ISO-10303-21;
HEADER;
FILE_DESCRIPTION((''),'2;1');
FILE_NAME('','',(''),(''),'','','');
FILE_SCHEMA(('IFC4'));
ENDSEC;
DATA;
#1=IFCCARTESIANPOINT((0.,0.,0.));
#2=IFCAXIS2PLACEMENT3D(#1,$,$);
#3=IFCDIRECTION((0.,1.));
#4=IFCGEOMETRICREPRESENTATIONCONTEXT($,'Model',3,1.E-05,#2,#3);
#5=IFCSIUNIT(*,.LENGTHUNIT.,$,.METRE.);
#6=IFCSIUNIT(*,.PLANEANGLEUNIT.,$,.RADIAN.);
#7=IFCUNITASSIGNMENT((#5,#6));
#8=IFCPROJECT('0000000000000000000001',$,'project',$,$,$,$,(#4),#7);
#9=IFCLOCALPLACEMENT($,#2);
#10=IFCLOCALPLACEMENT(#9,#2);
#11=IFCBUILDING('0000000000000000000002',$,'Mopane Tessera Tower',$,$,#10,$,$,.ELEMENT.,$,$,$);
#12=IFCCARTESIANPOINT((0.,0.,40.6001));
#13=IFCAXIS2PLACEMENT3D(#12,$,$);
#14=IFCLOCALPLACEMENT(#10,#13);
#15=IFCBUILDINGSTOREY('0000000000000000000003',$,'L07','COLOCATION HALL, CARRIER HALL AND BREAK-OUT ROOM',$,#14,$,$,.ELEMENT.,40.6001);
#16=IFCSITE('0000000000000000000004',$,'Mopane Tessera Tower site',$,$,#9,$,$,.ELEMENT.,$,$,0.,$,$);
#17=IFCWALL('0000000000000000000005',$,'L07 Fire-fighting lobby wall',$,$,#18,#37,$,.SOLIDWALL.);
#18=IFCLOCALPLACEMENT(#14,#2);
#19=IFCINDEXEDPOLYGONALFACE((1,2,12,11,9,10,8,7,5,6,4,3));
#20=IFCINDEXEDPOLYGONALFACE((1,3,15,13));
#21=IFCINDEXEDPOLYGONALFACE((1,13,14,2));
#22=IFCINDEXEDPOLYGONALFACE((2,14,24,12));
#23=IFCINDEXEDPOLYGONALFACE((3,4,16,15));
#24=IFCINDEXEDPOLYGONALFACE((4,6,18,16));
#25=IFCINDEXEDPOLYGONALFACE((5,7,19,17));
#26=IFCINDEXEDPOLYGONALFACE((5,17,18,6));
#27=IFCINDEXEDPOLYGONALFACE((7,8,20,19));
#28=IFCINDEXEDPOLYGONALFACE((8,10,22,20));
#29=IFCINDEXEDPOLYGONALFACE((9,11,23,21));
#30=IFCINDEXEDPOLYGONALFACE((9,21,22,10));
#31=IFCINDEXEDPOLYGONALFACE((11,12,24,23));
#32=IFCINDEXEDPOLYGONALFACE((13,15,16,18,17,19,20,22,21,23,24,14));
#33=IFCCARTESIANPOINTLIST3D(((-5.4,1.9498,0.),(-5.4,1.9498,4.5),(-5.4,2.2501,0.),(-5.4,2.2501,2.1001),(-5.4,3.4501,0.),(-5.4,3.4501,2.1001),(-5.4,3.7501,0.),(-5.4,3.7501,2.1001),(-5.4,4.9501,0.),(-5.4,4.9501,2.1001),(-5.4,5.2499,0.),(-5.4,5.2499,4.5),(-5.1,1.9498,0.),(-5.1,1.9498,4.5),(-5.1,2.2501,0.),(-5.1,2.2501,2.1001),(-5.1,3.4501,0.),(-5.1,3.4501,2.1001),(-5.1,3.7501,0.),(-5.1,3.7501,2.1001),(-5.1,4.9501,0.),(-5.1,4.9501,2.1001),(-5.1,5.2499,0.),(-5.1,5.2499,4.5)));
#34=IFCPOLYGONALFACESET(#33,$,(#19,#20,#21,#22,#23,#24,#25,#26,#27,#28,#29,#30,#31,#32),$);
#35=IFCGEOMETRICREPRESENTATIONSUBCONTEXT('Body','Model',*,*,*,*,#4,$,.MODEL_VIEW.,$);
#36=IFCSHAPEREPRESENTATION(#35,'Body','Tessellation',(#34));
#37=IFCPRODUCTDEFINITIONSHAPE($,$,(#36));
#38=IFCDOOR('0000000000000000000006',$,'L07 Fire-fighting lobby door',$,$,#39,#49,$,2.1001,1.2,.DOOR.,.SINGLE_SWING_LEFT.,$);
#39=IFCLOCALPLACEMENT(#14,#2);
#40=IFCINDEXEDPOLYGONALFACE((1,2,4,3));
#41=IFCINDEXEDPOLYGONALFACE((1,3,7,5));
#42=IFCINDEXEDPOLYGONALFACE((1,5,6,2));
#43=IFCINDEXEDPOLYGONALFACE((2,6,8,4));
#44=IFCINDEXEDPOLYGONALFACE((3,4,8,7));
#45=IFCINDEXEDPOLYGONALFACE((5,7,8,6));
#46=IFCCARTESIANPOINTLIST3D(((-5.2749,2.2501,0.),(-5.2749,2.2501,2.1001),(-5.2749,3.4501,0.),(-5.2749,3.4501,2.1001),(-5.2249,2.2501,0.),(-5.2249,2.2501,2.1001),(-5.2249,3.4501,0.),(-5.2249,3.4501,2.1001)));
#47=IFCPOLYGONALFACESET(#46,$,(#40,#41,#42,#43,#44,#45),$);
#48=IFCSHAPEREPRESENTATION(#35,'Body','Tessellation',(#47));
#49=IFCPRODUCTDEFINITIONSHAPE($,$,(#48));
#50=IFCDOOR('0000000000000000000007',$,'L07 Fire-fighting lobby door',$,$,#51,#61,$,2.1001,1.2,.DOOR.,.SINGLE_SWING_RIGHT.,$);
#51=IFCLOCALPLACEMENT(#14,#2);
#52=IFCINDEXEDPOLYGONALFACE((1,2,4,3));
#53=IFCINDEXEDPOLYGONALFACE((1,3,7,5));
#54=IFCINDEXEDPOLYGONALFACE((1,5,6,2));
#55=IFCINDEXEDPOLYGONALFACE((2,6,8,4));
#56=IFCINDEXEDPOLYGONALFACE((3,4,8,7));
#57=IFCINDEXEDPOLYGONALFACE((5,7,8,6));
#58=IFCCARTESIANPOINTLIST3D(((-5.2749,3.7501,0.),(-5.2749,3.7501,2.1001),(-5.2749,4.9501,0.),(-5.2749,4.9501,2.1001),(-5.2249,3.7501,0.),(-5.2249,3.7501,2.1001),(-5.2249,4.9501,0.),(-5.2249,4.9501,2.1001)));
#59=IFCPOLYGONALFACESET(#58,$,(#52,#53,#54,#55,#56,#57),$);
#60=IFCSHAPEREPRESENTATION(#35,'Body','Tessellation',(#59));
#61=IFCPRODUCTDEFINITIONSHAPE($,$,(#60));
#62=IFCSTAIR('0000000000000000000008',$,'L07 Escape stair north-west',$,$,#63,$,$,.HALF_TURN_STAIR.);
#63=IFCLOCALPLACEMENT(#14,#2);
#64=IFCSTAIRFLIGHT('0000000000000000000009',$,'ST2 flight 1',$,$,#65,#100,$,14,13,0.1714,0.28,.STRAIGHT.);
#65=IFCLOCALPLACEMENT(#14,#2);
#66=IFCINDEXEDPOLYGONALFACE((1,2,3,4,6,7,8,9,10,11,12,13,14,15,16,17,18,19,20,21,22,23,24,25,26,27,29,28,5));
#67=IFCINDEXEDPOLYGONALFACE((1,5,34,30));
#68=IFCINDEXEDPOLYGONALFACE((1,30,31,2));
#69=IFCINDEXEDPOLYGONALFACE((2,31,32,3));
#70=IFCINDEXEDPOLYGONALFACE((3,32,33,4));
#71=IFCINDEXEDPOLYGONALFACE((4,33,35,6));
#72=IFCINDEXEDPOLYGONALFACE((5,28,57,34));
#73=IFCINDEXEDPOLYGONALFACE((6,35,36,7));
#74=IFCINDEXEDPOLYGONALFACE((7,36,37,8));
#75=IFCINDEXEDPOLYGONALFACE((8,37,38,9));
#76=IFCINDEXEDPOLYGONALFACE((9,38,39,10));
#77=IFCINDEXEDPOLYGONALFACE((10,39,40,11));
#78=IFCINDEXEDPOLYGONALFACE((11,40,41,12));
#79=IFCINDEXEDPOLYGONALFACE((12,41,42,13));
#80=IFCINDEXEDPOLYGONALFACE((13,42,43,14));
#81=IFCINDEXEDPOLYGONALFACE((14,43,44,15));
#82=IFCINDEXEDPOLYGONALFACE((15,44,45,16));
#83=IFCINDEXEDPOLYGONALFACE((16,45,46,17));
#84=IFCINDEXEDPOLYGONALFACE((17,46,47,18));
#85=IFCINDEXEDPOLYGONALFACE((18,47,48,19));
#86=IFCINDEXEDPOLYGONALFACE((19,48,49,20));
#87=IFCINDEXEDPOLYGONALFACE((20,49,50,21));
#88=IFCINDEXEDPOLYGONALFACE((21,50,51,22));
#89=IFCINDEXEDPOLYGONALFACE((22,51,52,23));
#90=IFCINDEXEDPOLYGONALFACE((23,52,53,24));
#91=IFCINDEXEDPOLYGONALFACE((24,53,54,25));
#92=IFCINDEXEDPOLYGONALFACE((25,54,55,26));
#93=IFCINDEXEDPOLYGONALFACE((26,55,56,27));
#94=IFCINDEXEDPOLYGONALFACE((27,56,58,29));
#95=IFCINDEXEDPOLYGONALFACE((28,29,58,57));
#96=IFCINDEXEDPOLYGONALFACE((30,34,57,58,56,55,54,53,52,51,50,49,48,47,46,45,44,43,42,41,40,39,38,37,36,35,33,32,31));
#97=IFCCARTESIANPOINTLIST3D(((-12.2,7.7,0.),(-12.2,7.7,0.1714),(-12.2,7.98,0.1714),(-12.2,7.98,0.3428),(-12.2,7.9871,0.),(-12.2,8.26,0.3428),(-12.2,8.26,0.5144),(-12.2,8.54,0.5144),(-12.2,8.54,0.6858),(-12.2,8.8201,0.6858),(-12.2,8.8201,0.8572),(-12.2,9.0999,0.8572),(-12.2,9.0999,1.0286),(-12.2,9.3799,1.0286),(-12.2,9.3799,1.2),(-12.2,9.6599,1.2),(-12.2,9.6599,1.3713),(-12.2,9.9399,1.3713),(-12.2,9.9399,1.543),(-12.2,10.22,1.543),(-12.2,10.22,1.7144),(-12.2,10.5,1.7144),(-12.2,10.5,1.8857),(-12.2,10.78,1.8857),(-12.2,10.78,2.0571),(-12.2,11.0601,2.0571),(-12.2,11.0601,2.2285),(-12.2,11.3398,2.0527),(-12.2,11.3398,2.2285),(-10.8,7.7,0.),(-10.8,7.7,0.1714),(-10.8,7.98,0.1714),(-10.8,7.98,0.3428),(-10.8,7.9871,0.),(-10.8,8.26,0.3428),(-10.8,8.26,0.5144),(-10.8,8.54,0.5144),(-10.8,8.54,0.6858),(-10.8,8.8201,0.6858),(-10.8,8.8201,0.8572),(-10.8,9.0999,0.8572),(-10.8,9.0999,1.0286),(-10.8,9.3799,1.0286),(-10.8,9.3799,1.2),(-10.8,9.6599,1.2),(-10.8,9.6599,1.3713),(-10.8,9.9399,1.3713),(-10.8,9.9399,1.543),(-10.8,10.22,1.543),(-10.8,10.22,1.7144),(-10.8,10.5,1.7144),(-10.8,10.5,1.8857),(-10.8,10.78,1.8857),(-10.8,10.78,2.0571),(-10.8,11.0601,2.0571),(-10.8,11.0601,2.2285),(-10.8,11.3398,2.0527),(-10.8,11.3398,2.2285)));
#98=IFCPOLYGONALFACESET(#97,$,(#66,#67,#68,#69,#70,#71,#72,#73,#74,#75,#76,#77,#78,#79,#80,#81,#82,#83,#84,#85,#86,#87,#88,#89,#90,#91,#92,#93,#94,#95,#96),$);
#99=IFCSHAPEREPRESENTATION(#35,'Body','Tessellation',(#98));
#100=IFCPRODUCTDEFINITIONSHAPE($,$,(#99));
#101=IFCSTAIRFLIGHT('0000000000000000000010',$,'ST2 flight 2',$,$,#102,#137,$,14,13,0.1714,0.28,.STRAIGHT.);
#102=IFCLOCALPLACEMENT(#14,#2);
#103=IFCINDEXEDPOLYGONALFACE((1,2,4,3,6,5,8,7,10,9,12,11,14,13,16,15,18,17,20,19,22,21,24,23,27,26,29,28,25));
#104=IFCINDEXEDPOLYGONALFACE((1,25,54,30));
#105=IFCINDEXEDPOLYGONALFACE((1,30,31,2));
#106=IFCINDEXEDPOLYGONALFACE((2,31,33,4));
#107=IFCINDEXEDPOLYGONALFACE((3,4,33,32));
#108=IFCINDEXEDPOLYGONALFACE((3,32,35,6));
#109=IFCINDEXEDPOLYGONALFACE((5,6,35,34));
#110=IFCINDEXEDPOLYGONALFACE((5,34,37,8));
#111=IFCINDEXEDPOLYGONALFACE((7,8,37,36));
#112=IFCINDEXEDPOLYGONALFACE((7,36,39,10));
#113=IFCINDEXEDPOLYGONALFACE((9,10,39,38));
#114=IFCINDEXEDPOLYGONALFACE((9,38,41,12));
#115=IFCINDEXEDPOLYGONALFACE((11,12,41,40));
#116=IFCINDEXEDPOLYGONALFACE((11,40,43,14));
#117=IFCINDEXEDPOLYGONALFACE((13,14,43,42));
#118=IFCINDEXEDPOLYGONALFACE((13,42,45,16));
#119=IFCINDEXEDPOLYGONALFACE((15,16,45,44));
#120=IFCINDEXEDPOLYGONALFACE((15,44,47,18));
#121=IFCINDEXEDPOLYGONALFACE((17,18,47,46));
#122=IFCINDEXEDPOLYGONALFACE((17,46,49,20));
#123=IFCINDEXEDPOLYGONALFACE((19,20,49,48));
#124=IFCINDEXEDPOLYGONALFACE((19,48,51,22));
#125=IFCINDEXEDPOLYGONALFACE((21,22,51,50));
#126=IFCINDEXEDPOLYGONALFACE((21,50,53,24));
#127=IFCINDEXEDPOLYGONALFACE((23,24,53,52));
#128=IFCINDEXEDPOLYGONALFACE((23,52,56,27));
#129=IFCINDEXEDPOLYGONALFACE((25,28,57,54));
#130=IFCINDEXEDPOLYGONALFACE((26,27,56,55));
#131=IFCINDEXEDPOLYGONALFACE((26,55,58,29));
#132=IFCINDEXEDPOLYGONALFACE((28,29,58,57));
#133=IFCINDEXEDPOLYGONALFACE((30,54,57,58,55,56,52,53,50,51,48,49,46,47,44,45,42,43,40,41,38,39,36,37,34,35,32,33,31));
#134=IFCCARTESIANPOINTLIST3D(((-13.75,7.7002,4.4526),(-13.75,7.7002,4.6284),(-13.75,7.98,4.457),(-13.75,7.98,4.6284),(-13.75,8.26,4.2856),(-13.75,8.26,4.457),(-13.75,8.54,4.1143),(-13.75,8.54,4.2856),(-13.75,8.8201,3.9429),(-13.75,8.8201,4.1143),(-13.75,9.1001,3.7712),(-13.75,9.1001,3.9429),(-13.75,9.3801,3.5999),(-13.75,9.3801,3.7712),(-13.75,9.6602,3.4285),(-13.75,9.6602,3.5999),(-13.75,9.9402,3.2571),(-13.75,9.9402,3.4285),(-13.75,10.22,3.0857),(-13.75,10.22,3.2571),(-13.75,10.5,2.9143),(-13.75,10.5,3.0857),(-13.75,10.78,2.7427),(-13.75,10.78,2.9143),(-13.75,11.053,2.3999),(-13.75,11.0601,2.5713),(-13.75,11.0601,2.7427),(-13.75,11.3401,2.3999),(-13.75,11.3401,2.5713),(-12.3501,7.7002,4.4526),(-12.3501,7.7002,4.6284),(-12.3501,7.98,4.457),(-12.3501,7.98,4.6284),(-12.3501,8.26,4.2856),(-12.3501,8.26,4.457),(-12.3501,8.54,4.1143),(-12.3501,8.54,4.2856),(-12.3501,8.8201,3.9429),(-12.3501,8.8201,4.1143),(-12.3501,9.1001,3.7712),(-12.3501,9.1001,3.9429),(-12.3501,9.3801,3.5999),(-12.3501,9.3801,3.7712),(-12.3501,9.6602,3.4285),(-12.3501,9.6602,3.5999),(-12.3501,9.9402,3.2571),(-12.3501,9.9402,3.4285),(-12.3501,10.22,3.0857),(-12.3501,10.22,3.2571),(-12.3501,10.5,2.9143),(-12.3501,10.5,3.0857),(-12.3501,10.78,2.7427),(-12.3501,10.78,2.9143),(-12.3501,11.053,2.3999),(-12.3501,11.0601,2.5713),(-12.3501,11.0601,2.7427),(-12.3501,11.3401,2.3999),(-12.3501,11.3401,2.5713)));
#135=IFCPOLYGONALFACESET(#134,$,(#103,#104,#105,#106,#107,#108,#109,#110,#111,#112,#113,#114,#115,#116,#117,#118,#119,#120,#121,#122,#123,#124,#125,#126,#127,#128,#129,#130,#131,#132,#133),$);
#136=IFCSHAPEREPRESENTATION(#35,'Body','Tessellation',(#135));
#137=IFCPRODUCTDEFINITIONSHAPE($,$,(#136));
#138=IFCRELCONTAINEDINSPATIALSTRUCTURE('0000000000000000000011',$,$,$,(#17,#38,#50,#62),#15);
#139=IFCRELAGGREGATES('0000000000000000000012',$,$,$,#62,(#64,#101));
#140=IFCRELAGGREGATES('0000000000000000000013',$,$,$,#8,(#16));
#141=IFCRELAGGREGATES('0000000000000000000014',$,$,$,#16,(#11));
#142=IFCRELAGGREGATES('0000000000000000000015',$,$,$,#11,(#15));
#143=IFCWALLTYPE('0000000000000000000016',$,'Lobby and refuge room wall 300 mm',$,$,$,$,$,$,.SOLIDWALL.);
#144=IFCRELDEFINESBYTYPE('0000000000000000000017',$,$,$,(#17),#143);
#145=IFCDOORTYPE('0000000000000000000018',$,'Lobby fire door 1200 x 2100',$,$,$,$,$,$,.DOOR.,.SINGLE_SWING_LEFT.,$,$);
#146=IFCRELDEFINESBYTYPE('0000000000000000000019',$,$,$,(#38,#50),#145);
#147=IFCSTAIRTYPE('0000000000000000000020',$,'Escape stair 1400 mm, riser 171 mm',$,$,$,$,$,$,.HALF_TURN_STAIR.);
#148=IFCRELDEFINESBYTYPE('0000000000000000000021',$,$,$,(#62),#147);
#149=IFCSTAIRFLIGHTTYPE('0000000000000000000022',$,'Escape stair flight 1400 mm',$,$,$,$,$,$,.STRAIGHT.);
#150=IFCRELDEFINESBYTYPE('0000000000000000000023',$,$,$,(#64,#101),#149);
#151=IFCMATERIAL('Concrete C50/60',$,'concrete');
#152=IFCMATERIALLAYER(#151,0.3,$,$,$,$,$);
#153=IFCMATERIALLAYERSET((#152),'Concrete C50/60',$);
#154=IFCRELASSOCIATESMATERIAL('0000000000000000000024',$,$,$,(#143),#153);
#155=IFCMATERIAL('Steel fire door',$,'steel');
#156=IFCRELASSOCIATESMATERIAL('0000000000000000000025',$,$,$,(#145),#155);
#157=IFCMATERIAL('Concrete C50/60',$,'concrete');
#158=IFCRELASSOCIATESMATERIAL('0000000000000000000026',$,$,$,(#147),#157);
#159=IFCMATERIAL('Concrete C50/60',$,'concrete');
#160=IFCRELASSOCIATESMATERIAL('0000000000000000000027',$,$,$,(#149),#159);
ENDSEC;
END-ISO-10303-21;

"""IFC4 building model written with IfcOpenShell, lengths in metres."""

from ifc_helpers import new_model, si_unit, direction, frame, frame_2d, origin, place, context, subcontext, project, spatial, polyline, rectangle, outline, extrude, material, layer, layer_set, type_object, element, fill, aggregate, save


model = new_model("IFC4")

# Units and contexts
model_context = context("Model", 3, precision=1e-05, world=origin(), true_north=direction((0.0, 1.0)))
body_context = subcontext(model_context, "Body", "Model", "MODEL_VIEW")
ifc_project = project(units=[si_unit("LENGTHUNIT", "METRE"), si_unit("PLANEANGLEUNIT", "RADIAN")], contexts=[model_context])

# Site, building, storey
site_placement = place(None, origin())
site = spatial("IfcSite", under=ifc_project, at=site_placement, Name="Mopane Tessera Tower site", CompositionType="ELEMENT", RefElevation=0.0)
building_placement = place(site_placement, origin())
building = spatial("IfcBuilding", under=site, at=building_placement, Name="Mopane Tessera Tower", CompositionType="ELEMENT")
storey_placement = place(building_placement, frame((0.0, 0.0, 40.6001)))
storey = spatial("IfcBuildingStorey", under=building, at=storey_placement, Name="L07", Description="COLOCATION HALL, CARRIER HALL AND BREAK-OUT ROOM", CompositionType="ELEMENT", Elevation=40.6001)

# Wall, openings, doors
ifc_material_1 = material(Name="Concrete C50/60", Category="concrete")
ifc_layer_1 = layer(ifc_material_1, 0.3)
ifc_layer_set_1 = layer_set([ifc_layer_1], Name="Concrete C50/60")
wall_type_1 = type_object("IfcWallType", Name="Lobby and refuge room wall 300 mm", PredefinedType="SOLIDWALL", material=ifc_layer_set_1)
wall_1_placement = place(storey_placement, frame((-5.25, 1.95, 0.0), z_axis=(0.0, 0.0, 1.0), x_axis=(0.0, 1.0, 0.0)))
wall_1 = element("IfcWall", 1, at=wall_1_placement, inside=storey, type_object=wall_type_1, Name="L07 Fire-fighting lobby wall", PredefinedType="SOLIDWALL", context=body_context, shape_type="SweptSolid", body=[
    extrude(rectangle(XDim=3.3, YDim=0.3, at=frame_2d((1.6499, 0.0))), origin(), (0.0, 0.0, 1.0), 4.5),
])
opening_1_placement = place(wall_1_placement, frame((0.3, 0.0, 0.0)))
opening_1 = element("IfcOpeningElement", 2, at=opening_1_placement, cuts=wall_1, PredefinedType="OPENING", context=body_context, shape_type="SweptSolid", body=[
    extrude(rectangle(XDim=1.2, YDim=2.1001, at=frame_2d((0.6001, 1.05))), frame((0.0, 0.1621, 0.0), z_axis=(0.0, -1.0, 0.0), x_axis=(1.0, 0.0, 0.0)), (0.0, 0.0, 1.0), 0.324),
])
opening_2_placement = place(wall_1_placement, frame((1.8, 0.0, 0.0)))
opening_2 = element("IfcOpeningElement", 3, at=opening_2_placement, cuts=wall_1, PredefinedType="OPENING", context=body_context, shape_type="SweptSolid", body=[
    extrude(rectangle(XDim=1.2, YDim=2.1001, at=frame_2d((0.6001, 1.05))), frame((0.0, 0.1621, 0.0), z_axis=(0.0, -1.0, 0.0), x_axis=(1.0, 0.0, 0.0)), (0.0, 0.0, 1.0), 0.324),
])
ifc_material_2 = material(Name="Steel fire door", Category="steel")
door_type_1 = type_object("IfcDoorType", Name="Lobby fire door 1200 x 2100", OperationType="SINGLE_SWING_LEFT", PredefinedType="DOOR", material=ifc_material_2)
door_1_placement = place(opening_1_placement, origin())
door_1 = element("IfcDoor", 4, at=door_1_placement, inside=storey, type_object=door_type_1, Name="L07 Fire-fighting lobby door", OperationType="SINGLE_SWING_LEFT", OverallHeight=2.1001, OverallWidth=1.2, PredefinedType="DOOR", context=body_context, shape_type="SweptSolid", body=[
    extrude(rectangle(XDim=1.2, YDim=2.1001, at=frame_2d((0.6001, 1.05))), frame((0.0, 0.0249, 0.0), z_axis=(0.0, -1.0, 0.0), x_axis=(1.0, 0.0, 0.0)), (0.0, 0.0, 1.0), 0.05),
])
fill(opening_1, door_1)
door_2_placement = place(opening_2_placement, origin())
door_2 = element("IfcDoor", 5, at=door_2_placement, inside=storey, type_object=door_type_1, Name="L07 Fire-fighting lobby door", OperationType="SINGLE_SWING_RIGHT", OverallHeight=2.1001, OverallWidth=1.2, PredefinedType="DOOR", context=body_context, shape_type="SweptSolid", body=[
    extrude(rectangle(XDim=1.2, YDim=2.1001, at=frame_2d((0.6001, 1.05))), frame((0.0, 0.0249, 0.0), z_axis=(0.0, -1.0, 0.0), x_axis=(1.0, 0.0, 0.0)), (0.0, 0.0, 1.0), 0.05),
])
fill(opening_2, door_2)

# Stair, stair flights
ifc_material_3 = material(Name="Concrete C50/60", Category="concrete")
stair_type = type_object("IfcStairType", Name="Escape stair 1400 mm, riser 171 mm", PredefinedType="HALF_TURN_STAIR", material=ifc_material_3)
stair_placement = place(storey_placement, origin())
stair = element("IfcStair", 6, at=stair_placement, inside=storey, type_object=stair_type, Name="L07 Escape stair north-west", PredefinedType="HALF_TURN_STAIR")
ifc_material_4 = material(Name="Concrete C50/60", Category="concrete")
stair_flight_type = type_object("IfcStairFlightType", Name="Escape stair flight 1400 mm", PredefinedType="STRAIGHT", material=ifc_material_4)
stair_flight_1_placement = place(storey_placement, frame((-11.5, 7.7, 0.0), z_axis=(0.0, 0.0, 1.0), x_axis=(0.0, 1.0, 0.0)))
stair_flight_1 = element("IfcStairFlight", 7, at=stair_flight_1_placement, type_object=stair_flight_type, Name="ST2 flight 1", NumberOfRisers=14, NumberOfTreads=13, PredefinedType="STRAIGHT", RiserHeight=0.1714, TreadLength=0.28, context=body_context, shape_type="SweptSolid", body=[
    extrude(outline(polyline([(0.0, 0.0), (0.0, 0.1714), (0.28, 0.1714), (0.28, 0.3428), (0.5601, 0.3428), (0.5601, 0.5144), (0.8401, 0.5144), (0.8401, 0.6858), (1.1201, 0.6858), (1.1201, 0.8572), (1.3999, 0.8572), (1.3999, 1.0286), (1.6799, 1.0286), (1.6799, 1.2), (1.96, 1.2), (1.96, 1.3713), (2.24, 1.3713), (2.24, 1.543), (2.52, 1.543), (2.52, 1.7144), (2.8, 1.7144), (2.8, 1.8857), (3.0801, 1.8857), (3.0801, 2.0571), (3.3601, 2.0571), (3.3601, 2.2285), (3.6399, 2.2285), (3.6399, 2.3999), (3.6399, 2.0527), (0.2871, 0.0), (0.0, 0.0)])), frame((0.0, 0.7, 0.0), z_axis=(0.0, -1.0, 0.0), x_axis=(1.0, 0.0, 0.0)), (0.0, 0.0, 1.0), 1.3999),
])
stair_flight_2_placement = place(storey_placement, frame((-13.05, 11.3401, 2.3999), z_axis=(0.0, 0.0, 1.0), x_axis=(0.0, -1.0, 0.0)))
stair_flight_2 = element("IfcStairFlight", 8, at=stair_flight_2_placement, type_object=stair_flight_type, Name="ST2 flight 2", NumberOfRisers=14, NumberOfTreads=13, PredefinedType="STRAIGHT", RiserHeight=0.1714, TreadLength=0.28, context=body_context, shape_type="SweptSolid", body=[
    extrude(outline(polyline([(0.0, 0.0), (0.0, 0.1714), (0.28, 0.1714), (0.28, 0.3428), (0.5601, 0.3428), (0.5601, 0.5144), (0.8401, 0.5144), (0.8401, 0.6858), (1.1201, 0.6858), (1.1201, 0.8572), (1.3999, 0.8572), (1.3999, 1.0286), (1.6799, 1.0286), (1.6799, 1.2), (1.96, 1.2), (1.96, 1.3713), (2.24, 1.3713), (2.24, 1.543), (2.52, 1.543), (2.52, 1.7144), (2.8, 1.7144), (2.8, 1.8857), (3.0801, 1.8857), (3.0801, 2.0571), (3.3601, 2.0571), (3.3601, 2.2285), (3.6399, 2.2285), (3.6399, 2.3999), (3.6399, 2.0527), (0.2871, 0.0), (0.0, 0.0)])), frame((0.0, 0.7, 0.0), z_axis=(0.0, -1.0, 0.0), x_axis=(1.0, 0.0, 0.0)), (0.0, 0.0, 1.0), 1.3999),
])
aggregate(stair, [stair_flight_1, stair_flight_2])

save(model, "model.ifc")
